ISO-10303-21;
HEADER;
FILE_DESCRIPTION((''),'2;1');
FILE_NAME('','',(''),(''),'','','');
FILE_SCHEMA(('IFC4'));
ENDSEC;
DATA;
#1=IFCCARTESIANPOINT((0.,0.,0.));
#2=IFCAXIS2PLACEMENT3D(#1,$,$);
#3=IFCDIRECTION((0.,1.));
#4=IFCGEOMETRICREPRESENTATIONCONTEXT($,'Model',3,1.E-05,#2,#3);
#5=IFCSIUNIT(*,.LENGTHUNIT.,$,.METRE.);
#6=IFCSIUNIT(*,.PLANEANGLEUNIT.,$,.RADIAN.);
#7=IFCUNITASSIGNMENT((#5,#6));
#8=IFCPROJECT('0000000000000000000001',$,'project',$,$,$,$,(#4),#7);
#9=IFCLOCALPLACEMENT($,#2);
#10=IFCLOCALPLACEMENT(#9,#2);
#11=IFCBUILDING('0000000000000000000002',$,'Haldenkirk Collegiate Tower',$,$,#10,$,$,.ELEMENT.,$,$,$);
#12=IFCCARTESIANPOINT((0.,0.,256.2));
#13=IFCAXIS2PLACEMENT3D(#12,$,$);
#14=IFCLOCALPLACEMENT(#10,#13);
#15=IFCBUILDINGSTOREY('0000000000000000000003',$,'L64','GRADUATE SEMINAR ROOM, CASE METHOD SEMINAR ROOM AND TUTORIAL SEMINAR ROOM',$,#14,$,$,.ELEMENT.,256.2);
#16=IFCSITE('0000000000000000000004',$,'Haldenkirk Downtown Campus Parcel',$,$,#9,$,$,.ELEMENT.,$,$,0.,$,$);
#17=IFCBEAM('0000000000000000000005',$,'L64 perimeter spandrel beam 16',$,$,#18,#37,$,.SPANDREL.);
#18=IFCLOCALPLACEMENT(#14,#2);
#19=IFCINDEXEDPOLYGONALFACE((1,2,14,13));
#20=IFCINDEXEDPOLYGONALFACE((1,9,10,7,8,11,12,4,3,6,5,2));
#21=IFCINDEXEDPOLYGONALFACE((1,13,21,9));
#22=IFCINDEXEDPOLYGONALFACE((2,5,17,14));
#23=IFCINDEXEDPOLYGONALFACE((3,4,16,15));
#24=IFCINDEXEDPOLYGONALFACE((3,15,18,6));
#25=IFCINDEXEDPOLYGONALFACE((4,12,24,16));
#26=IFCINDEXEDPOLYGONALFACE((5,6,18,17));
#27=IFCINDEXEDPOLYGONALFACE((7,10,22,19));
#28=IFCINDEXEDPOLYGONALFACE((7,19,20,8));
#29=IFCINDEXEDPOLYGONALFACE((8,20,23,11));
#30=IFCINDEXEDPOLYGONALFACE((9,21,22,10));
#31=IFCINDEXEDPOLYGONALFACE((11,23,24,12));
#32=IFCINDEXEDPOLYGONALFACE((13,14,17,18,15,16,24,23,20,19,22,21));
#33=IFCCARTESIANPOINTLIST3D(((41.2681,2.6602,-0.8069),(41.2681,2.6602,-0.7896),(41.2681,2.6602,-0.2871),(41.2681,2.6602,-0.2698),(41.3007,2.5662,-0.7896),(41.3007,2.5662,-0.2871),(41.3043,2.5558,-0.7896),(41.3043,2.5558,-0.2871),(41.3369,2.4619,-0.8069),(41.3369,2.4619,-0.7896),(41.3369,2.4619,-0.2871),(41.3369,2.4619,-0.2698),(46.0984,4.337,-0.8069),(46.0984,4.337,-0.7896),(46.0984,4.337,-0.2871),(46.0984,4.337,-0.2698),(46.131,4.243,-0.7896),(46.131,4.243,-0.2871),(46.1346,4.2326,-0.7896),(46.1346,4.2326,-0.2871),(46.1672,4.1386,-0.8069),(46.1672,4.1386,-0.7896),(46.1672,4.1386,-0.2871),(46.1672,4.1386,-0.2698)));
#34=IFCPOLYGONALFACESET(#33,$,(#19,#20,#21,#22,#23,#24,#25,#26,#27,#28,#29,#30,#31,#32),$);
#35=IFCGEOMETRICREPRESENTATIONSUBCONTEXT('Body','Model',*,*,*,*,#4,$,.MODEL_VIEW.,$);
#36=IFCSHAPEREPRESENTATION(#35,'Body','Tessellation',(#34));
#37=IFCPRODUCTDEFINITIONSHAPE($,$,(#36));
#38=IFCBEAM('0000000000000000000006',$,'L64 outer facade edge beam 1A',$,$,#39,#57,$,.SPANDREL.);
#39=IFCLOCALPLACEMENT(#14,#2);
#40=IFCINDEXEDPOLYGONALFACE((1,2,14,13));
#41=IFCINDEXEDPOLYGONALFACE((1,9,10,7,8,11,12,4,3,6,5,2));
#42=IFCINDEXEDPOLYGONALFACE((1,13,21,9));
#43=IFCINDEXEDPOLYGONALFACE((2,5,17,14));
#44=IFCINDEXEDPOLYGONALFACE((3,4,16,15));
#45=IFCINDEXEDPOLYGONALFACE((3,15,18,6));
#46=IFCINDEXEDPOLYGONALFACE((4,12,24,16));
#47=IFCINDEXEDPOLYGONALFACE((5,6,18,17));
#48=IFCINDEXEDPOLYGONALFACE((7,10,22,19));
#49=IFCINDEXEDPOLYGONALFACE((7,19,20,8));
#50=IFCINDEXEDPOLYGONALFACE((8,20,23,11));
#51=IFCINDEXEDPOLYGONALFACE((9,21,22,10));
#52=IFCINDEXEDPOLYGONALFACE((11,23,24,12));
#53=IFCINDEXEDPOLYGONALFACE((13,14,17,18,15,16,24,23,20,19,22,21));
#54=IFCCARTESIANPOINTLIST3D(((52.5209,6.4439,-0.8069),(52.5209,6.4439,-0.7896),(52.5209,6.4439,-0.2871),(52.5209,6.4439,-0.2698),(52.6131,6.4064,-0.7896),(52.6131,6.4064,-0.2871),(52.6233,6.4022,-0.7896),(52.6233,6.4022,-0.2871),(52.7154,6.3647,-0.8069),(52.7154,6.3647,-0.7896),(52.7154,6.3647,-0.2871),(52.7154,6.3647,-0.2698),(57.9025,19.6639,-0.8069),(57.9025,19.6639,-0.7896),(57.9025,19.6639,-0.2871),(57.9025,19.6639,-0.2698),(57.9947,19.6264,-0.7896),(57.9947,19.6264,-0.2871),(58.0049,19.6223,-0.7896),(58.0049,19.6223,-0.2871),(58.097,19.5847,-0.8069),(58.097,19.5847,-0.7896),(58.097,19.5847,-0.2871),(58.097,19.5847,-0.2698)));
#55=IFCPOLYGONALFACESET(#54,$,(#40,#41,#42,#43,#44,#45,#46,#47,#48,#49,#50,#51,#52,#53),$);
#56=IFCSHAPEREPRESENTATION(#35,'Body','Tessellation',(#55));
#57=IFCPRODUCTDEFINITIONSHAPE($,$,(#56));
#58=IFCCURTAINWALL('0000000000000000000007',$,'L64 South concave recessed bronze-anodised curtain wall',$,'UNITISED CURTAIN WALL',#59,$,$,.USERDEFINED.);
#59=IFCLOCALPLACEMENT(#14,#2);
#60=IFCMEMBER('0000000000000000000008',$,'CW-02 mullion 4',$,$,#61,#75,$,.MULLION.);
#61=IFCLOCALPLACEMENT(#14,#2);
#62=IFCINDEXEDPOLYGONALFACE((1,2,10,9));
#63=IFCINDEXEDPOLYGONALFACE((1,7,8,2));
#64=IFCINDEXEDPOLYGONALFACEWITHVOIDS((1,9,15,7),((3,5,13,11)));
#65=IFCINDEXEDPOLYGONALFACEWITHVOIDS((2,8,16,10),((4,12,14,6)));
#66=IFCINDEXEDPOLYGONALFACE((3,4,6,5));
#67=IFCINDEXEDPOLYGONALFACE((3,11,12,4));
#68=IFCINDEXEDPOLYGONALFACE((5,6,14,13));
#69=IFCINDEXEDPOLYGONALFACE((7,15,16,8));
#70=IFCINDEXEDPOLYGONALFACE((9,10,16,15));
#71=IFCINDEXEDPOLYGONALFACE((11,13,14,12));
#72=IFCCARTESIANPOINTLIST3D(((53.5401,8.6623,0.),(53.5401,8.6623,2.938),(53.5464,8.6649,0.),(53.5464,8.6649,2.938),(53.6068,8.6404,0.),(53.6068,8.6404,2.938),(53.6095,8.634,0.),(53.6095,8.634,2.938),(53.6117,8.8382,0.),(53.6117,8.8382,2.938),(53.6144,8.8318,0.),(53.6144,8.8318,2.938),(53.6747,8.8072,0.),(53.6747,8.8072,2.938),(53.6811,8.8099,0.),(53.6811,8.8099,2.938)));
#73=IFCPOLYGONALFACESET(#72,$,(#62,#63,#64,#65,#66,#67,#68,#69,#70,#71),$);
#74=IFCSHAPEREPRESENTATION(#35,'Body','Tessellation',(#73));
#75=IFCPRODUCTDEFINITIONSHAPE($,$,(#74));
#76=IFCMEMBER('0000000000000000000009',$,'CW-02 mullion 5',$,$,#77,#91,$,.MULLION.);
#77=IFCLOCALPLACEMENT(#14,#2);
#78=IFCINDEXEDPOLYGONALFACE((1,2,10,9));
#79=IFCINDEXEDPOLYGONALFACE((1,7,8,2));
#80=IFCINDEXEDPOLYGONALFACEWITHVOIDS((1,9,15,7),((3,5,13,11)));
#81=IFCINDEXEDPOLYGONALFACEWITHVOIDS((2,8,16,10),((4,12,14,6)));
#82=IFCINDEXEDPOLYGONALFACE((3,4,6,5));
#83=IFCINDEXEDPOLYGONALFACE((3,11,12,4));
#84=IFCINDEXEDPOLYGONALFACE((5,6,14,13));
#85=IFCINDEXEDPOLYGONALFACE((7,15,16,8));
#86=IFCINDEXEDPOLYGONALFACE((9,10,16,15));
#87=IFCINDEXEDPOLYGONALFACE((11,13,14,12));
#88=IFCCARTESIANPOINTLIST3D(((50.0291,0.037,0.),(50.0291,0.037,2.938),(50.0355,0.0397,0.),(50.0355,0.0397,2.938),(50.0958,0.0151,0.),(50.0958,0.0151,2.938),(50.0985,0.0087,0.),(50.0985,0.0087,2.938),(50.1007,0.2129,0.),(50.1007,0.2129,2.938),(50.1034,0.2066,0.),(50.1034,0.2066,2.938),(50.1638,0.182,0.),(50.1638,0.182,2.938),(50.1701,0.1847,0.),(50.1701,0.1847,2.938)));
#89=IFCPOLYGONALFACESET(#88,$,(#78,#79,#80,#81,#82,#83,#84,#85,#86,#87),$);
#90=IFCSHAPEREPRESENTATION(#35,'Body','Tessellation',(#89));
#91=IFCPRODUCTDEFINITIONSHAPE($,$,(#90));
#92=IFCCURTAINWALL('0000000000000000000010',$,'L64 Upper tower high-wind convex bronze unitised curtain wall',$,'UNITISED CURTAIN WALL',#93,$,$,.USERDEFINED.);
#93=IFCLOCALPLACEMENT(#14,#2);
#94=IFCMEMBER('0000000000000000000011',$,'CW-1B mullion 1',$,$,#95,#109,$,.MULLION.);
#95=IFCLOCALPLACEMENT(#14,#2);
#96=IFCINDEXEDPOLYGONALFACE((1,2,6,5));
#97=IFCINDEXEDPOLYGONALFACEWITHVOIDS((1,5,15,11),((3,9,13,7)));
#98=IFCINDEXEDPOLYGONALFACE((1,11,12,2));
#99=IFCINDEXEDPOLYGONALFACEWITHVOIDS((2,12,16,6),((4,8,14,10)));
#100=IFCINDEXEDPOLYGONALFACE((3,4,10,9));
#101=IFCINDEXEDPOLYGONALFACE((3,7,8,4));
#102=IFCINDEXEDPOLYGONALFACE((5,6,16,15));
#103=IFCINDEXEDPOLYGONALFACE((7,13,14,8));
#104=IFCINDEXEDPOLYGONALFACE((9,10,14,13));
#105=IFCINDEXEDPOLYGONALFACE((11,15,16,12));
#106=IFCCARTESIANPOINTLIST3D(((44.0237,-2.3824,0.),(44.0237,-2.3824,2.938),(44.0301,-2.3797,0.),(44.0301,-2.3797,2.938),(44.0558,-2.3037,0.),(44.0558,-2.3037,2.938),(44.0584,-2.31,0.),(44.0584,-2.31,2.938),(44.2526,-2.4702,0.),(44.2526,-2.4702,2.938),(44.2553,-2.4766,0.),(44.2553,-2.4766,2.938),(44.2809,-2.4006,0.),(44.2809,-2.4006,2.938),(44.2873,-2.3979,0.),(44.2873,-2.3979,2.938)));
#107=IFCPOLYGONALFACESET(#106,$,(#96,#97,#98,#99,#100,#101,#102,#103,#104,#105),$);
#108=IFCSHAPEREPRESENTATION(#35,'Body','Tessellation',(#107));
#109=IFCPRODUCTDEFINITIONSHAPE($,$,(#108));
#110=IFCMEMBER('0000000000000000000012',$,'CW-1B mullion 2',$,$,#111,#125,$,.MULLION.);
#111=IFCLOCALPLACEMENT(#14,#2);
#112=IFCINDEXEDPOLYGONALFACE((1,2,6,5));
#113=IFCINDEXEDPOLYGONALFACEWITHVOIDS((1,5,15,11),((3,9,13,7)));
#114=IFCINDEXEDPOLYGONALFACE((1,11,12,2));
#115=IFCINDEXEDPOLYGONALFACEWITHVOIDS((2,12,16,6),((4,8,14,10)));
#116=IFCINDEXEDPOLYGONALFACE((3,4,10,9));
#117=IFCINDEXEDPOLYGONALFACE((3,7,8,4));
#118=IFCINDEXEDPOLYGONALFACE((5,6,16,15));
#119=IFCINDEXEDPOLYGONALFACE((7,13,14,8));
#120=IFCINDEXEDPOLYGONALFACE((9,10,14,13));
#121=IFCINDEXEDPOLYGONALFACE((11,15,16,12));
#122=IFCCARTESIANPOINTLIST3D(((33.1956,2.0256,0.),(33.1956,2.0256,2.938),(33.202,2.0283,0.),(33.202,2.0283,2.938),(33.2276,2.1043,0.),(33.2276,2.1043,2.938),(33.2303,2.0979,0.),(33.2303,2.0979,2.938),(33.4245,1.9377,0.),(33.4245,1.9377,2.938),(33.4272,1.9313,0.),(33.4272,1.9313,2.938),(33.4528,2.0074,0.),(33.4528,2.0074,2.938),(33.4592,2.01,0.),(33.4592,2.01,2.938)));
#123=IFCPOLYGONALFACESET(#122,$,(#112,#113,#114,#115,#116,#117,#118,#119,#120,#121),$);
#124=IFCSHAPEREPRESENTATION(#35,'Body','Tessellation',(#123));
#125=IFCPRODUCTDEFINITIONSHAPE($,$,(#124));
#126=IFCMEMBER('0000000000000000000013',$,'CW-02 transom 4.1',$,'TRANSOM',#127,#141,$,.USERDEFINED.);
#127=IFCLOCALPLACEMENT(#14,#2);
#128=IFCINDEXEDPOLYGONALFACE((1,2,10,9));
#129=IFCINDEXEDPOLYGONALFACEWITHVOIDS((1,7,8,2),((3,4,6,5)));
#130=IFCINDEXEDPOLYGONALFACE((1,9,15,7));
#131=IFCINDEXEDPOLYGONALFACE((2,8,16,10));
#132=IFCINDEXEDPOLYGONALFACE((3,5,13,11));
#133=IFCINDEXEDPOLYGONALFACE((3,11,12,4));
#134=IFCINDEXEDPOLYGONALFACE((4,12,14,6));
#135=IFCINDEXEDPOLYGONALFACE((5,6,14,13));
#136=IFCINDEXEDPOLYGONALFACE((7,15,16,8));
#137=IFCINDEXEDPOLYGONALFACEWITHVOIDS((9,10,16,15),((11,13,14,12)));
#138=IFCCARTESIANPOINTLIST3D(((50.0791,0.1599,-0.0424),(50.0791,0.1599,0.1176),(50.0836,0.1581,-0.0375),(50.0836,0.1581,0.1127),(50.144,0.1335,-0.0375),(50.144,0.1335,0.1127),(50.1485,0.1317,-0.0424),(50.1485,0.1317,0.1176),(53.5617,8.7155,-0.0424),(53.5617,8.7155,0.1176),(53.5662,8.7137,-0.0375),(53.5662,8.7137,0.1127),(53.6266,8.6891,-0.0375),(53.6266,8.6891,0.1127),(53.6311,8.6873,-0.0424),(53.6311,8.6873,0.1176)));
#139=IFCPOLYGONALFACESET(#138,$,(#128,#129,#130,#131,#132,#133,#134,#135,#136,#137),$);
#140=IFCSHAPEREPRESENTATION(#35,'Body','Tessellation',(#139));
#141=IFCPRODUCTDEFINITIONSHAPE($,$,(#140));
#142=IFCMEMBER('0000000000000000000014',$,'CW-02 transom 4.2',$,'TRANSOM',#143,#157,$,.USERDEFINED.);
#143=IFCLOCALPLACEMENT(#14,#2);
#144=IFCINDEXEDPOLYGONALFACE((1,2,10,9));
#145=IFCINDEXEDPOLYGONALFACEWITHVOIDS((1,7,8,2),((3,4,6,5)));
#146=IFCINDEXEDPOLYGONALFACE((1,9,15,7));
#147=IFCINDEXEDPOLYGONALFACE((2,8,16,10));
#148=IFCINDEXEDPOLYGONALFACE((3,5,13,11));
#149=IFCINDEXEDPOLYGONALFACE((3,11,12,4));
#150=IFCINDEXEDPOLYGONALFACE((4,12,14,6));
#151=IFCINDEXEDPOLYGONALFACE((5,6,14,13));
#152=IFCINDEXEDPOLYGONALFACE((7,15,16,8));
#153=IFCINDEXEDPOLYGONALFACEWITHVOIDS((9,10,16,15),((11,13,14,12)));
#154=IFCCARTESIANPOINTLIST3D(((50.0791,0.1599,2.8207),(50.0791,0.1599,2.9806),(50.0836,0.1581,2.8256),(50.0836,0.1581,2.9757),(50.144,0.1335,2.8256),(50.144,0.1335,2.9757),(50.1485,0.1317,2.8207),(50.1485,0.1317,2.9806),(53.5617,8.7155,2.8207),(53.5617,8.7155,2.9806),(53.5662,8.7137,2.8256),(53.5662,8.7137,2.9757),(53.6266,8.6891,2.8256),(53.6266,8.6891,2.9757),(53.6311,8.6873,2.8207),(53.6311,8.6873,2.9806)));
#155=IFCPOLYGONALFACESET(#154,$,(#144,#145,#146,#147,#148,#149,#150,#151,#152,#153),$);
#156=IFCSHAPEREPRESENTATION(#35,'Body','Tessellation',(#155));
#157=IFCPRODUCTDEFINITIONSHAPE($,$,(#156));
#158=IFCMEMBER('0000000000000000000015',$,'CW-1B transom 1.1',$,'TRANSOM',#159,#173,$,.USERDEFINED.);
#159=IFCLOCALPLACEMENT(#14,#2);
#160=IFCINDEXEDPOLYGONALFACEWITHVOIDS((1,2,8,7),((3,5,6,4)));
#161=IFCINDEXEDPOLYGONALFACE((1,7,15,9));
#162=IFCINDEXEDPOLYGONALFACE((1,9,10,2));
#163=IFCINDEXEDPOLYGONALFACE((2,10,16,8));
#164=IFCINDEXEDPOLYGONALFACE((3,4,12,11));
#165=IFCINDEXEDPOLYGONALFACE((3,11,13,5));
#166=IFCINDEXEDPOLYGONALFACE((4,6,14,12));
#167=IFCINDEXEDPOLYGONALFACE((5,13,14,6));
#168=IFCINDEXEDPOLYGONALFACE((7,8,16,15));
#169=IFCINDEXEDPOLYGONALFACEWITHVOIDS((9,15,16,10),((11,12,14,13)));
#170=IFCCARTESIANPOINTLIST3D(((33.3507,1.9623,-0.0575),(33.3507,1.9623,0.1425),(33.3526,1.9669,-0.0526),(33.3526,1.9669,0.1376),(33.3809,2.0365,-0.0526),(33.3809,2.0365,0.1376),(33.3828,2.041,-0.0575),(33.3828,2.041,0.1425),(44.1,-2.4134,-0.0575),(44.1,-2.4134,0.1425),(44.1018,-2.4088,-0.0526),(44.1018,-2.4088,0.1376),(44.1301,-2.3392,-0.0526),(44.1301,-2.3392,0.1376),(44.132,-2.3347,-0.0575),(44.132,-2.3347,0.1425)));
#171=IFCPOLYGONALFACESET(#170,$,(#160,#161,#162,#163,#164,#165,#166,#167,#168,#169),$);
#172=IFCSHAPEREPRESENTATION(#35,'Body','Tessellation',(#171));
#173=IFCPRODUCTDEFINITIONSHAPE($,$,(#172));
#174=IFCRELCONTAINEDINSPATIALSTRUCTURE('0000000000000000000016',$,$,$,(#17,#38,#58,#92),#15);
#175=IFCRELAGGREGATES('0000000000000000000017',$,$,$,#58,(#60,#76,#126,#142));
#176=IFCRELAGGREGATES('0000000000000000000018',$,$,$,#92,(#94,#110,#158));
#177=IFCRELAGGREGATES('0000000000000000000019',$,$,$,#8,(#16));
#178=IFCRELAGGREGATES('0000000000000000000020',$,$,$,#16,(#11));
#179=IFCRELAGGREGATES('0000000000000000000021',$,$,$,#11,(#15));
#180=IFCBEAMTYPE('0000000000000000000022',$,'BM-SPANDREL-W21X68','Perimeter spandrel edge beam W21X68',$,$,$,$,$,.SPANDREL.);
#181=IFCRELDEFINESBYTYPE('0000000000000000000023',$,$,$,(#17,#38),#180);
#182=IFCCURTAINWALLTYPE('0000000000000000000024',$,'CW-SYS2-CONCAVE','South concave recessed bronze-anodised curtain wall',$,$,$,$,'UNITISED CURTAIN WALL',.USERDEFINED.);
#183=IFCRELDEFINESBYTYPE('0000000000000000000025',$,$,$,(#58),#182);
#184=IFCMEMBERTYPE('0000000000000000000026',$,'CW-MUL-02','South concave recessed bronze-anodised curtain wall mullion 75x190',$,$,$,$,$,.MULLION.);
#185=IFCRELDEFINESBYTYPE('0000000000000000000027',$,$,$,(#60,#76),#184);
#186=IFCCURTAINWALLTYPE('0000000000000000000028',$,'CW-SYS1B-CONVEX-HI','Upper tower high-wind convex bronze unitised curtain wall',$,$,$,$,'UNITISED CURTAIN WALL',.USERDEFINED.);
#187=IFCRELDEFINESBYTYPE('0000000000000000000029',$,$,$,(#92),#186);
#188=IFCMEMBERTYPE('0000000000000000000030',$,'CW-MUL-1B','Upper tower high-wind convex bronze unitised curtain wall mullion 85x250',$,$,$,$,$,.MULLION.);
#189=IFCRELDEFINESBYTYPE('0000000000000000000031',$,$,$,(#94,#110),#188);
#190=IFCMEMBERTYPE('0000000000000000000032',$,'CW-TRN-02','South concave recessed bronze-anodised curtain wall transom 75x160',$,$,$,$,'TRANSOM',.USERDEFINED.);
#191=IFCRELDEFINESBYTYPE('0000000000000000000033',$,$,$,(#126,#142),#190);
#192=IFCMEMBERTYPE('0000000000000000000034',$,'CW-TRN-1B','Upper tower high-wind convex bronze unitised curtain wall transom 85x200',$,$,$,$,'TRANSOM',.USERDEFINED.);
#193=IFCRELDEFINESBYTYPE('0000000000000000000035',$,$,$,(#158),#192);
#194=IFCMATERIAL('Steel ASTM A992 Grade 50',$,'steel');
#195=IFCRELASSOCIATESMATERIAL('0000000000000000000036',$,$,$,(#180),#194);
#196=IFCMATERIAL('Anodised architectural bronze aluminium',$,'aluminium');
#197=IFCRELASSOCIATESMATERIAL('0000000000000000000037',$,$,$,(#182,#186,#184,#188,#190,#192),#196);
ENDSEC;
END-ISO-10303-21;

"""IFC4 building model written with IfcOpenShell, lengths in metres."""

from ifc_helpers import new_model, si_unit, direction, frame, origin, origin_2d, place, context, subcontext, project, spatial, hollow_rectangle, i_section, extrude, material, material_profile, profile_set, type_object, element, aggregate, save


model = new_model("IFC4")

# Units and contexts
model_context = context("Model", 3, precision=1e-05, world=origin(), true_north=direction((0.0, 1.0)))
body_context = subcontext(model_context, "Body", "Model", "MODEL_VIEW")
ifc_project = project(units=[si_unit("LENGTHUNIT", "METRE"), si_unit("PLANEANGLEUNIT", "RADIAN")], contexts=[model_context])

# Site, building, storey
site_placement = place(None, origin())
site = spatial("IfcSite", under=ifc_project, at=site_placement, Name="Haldenkirk Downtown Campus Parcel", CompositionType="ELEMENT", RefElevation=0.0)
building_placement = place(site_placement, origin())
building = spatial("IfcBuilding", under=site, at=building_placement, Name="Haldenkirk Collegiate Tower", CompositionType="ELEMENT")
storey_placement = place(building_placement, frame((0.0, 0.0, 256.2)))
storey = spatial("IfcBuildingStorey", under=building, at=storey_placement, Name="L64", Description="GRADUATE SEMINAR ROOM, CASE METHOD SEMINAR ROOM AND TUTORIAL SEMINAR ROOM", CompositionType="ELEMENT", Elevation=256.2)

# Beams
ifc_material_1 = material(Name="Steel ASTM A992 Grade 50", Category="steel")
ifc_material_profile_1 = material_profile(ifc_material_1, i_section(OverallWidth=0.21, OverallDepth=0.5371, WebThickness=0.011, FlangeThickness=0.0173, at=origin_2d()), Name="W21X68")
ifc_profile_set_1 = profile_set([ifc_material_profile_1], Name="Steel ASTM A992 Grade 50")
beam_type_1 = type_object("IfcBeamType", Name="BM-SPANDREL-W21X68", Description="Perimeter spandrel edge beam W21X68", PredefinedType="SPANDREL", material=ifc_profile_set_1)
beam_1_placement = place(storey_placement, frame((41.3025, 2.561, -0.5383), z_axis=(0.9447, 0.327935, 0.0), x_axis=(-0.327935, 0.9447, 0.0)))
element("IfcBeam", 1, at=beam_1_placement, inside=storey, type_object=beam_type_1, Name="L64 perimeter spandrel beam 16", PredefinedType="SPANDREL", context=body_context, shape_type="SweptSolid", body=[
    extrude(i_section(OverallWidth=0.21, OverallDepth=0.5371, WebThickness=0.011, FlangeThickness=0.0173, at=origin_2d()), origin(), (0.0, 0.0, 1.0), 5.113),
])
beam_2_placement = place(storey_placement, frame((52.6182, 6.4043, -0.5383), z_axis=(0.377037, 0.926198, 0.0), x_axis=(-0.926198, 0.377037, 0.0)))
element("IfcBeam", 2, at=beam_2_placement, inside=storey, type_object=beam_type_1, Name="L64 outer facade edge beam 1A", PredefinedType="SPANDREL", context=body_context, shape_type="SweptSolid", body=[
    extrude(i_section(OverallWidth=0.21, OverallDepth=0.5371, WebThickness=0.011, FlangeThickness=0.0173, at=origin_2d()), origin(), (0.0, 0.0, 1.0), 14.2734),
])

# Curtain walls, members
ifc_material_2 = material(Name="Anodised architectural bronze aluminium", Category="aluminium")
curtain_wall_type_1 = type_object("IfcCurtainWallType", Name="CW-SYS2-CONCAVE", Description="South concave recessed bronze-anodised curtain wall", ElementType="UNITISED CURTAIN WALL", PredefinedType="USERDEFINED", material=ifc_material_2)
curtain_wall_1_placement = place(storey_placement, origin())
curtain_wall_1 = element("IfcCurtainWall", 3, at=curtain_wall_1_placement, inside=storey, type_object=curtain_wall_type_1, Name="L64 South concave recessed bronze-anodised curtain wall", ObjectType="UNITISED CURTAIN WALL", PredefinedType="USERDEFINED")
ifc_material_profile_2 = material_profile(ifc_material_2, hollow_rectangle(XDim=0.075, YDim=0.1899, WallThickness=0.0049, at=origin_2d()), Name="CW-MUL-02")
ifc_profile_set_2 = profile_set([ifc_material_profile_2], Name="Anodised architectural bronze aluminium")
member_type_1 = type_object("IfcMemberType", Name="CW-MUL-02", Description="South concave recessed bronze-anodised curtain wall mullion 75x190", PredefinedType="MULLION", material=ifc_profile_set_2)
member_1_placement = place(storey_placement, frame((53.6106, 8.7361, 0.0), z_axis=(0.0, 0.0, 1.0), x_axis=(0.9262, -0.377032, 0.0)))
member_1 = element("IfcMember", 4, at=member_1_placement, type_object=member_type_1, Name="CW-02 mullion 4", PredefinedType="MULLION", context=body_context, shape_type="SweptSolid", body=[
    extrude(hollow_rectangle(XDim=0.075, YDim=0.1899, WallThickness=0.0049, at=origin_2d()), origin(), (0.0, 0.0, 1.0), 2.938),
])
member_2_placement = place(storey_placement, frame((50.0996, 0.1108, 0.0), z_axis=(0.0, 0.0, 1.0), x_axis=(0.9262, -0.377032, 0.0)))
member_2 = element("IfcMember", 5, at=member_2_placement, type_object=member_type_1, Name="CW-02 mullion 5", PredefinedType="MULLION", context=body_context, shape_type="SweptSolid", body=[
    extrude(hollow_rectangle(XDim=0.075, YDim=0.1899, WallThickness=0.0049, at=origin_2d()), origin(), (0.0, 0.0, 1.0), 2.938),
])
curtain_wall_type_2 = type_object("IfcCurtainWallType", Name="CW-SYS1B-CONVEX-HI", Description="Upper tower high-wind convex bronze unitised curtain wall", ElementType="UNITISED CURTAIN WALL", PredefinedType="USERDEFINED", material=ifc_material_2)
curtain_wall_2_placement = place(storey_placement, origin())
curtain_wall_2 = element("IfcCurtainWall", 6, at=curtain_wall_2_placement, inside=storey, type_object=curtain_wall_type_2, Name="L64 Upper tower high-wind convex bronze unitised curtain wall", ObjectType="UNITISED CURTAIN WALL", PredefinedType="USERDEFINED")
ifc_material_profile_3 = material_profile(ifc_material_2, hollow_rectangle(XDim=0.085, YDim=0.25, WallThickness=0.0049, at=origin_2d()), Name="CW-MUL-1B")
ifc_profile_set_3 = profile_set([ifc_material_profile_3], Name="Anodised architectural bronze aluminium")
member_type_2 = type_object("IfcMemberType", Name="CW-MUL-1B", Description="Upper tower high-wind convex bronze unitised curtain wall mullion 85x250", PredefinedType="MULLION", material=ifc_profile_set_3)
member_3_placement = place(storey_placement, frame((44.1555, -2.3901, 0.0), z_axis=(0.0, 0.0, 1.0), x_axis=(-0.377034, -0.926199, 0.0)))
member_3 = element("IfcMember", 7, at=member_3_placement, type_object=member_type_2, Name="CW-1B mullion 1", PredefinedType="MULLION", context=body_context, shape_type="SweptSolid", body=[
    extrude(hollow_rectangle(XDim=0.085, YDim=0.25, WallThickness=0.0049, at=origin_2d()), origin(), (0.0, 0.0, 1.0), 2.938),
])
member_4_placement = place(storey_placement, frame((33.3274, 2.0178, 0.0), z_axis=(0.0, 0.0, 1.0), x_axis=(-0.377034, -0.926199, 0.0)))
member_4 = element("IfcMember", 8, at=member_4_placement, type_object=member_type_2, Name="CW-1B mullion 2", PredefinedType="MULLION", context=body_context, shape_type="SweptSolid", body=[
    extrude(hollow_rectangle(XDim=0.085, YDim=0.25, WallThickness=0.0049, at=origin_2d()), origin(), (0.0, 0.0, 1.0), 2.938),
])

# Members
ifc_material_profile_4 = material_profile(ifc_material_2, hollow_rectangle(XDim=0.075, YDim=0.1599, WallThickness=0.0049, at=origin_2d()), Name="CW-TRN-02")
ifc_profile_set_4 = profile_set([ifc_material_profile_4], Name="Anodised architectural bronze aluminium")
member_type_3 = type_object("IfcMemberType", Name="CW-TRN-02", Description="South concave recessed bronze-anodised curtain wall transom 75x160", ElementType="TRANSOM", PredefinedType="USERDEFINED", material=ifc_profile_set_4)
member_5_placement = place(storey_placement, frame((53.5964, 8.7014, 0.0376), z_axis=(-0.377021, -0.926205, 0.0), x_axis=(0.926205, -0.377021, 0.0)))
member_5 = element("IfcMember", 9, at=member_5_placement, type_object=member_type_3, Name="CW-02 transom 4.1", ObjectType="TRANSOM", PredefinedType="USERDEFINED", context=body_context, shape_type="SweptSolid", body=[
    extrude(hollow_rectangle(XDim=0.075, YDim=0.1599, WallThickness=0.0049, at=origin_2d()), origin(), (0.0, 0.0, 1.0), 9.2373),
])
member_6_placement = place(storey_placement, frame((53.5964, 8.7014, 2.9006), z_axis=(-0.377021, -0.926205, 0.0), x_axis=(0.926205, -0.377021, 0.0)))
member_6 = element("IfcMember", 10, at=member_6_placement, type_object=member_type_3, Name="CW-02 transom 4.2", ObjectType="TRANSOM", PredefinedType="USERDEFINED", context=body_context, shape_type="SweptSolid", body=[
    extrude(hollow_rectangle(XDim=0.075, YDim=0.1599, WallThickness=0.0049, at=origin_2d()), origin(), (0.0, 0.0, 1.0), 9.2373),
])
ifc_material_profile_5 = material_profile(ifc_material_2, hollow_rectangle(XDim=0.085, YDim=0.2, WallThickness=0.0049, at=origin_2d()), Name="CW-TRN-1B")
ifc_profile_set_5 = profile_set([ifc_material_profile_5], Name="Anodised architectural bronze aluminium")
member_type_4 = type_object("IfcMemberType", Name="CW-TRN-1B", Description="Upper tower high-wind convex bronze unitised curtain wall transom 85x200", ElementType="TRANSOM", PredefinedType="USERDEFINED", material=ifc_profile_set_5)
member_7_placement = place(storey_placement, frame((44.116, -2.374, 0.0425), z_axis=(-0.926201, 0.377031, 0.0), x_axis=(-0.377031, -0.926201, 0.0)))
member_7 = element("IfcMember", 11, at=member_7_placement, type_object=member_type_4, Name="CW-1B transom 1.1", ObjectType="TRANSOM", PredefinedType="USERDEFINED", context=body_context, shape_type="SweptSolid", body=[
    extrude(hollow_rectangle(XDim=0.085, YDim=0.2, WallThickness=0.0049, at=origin_2d()), origin(), (0.0, 0.0, 1.0), 11.6057),
])

aggregate(curtain_wall_1, [member_1, member_2, member_5, member_6])
aggregate(curtain_wall_2, [member_3, member_4, member_7])

save(model, "model.ifc")
